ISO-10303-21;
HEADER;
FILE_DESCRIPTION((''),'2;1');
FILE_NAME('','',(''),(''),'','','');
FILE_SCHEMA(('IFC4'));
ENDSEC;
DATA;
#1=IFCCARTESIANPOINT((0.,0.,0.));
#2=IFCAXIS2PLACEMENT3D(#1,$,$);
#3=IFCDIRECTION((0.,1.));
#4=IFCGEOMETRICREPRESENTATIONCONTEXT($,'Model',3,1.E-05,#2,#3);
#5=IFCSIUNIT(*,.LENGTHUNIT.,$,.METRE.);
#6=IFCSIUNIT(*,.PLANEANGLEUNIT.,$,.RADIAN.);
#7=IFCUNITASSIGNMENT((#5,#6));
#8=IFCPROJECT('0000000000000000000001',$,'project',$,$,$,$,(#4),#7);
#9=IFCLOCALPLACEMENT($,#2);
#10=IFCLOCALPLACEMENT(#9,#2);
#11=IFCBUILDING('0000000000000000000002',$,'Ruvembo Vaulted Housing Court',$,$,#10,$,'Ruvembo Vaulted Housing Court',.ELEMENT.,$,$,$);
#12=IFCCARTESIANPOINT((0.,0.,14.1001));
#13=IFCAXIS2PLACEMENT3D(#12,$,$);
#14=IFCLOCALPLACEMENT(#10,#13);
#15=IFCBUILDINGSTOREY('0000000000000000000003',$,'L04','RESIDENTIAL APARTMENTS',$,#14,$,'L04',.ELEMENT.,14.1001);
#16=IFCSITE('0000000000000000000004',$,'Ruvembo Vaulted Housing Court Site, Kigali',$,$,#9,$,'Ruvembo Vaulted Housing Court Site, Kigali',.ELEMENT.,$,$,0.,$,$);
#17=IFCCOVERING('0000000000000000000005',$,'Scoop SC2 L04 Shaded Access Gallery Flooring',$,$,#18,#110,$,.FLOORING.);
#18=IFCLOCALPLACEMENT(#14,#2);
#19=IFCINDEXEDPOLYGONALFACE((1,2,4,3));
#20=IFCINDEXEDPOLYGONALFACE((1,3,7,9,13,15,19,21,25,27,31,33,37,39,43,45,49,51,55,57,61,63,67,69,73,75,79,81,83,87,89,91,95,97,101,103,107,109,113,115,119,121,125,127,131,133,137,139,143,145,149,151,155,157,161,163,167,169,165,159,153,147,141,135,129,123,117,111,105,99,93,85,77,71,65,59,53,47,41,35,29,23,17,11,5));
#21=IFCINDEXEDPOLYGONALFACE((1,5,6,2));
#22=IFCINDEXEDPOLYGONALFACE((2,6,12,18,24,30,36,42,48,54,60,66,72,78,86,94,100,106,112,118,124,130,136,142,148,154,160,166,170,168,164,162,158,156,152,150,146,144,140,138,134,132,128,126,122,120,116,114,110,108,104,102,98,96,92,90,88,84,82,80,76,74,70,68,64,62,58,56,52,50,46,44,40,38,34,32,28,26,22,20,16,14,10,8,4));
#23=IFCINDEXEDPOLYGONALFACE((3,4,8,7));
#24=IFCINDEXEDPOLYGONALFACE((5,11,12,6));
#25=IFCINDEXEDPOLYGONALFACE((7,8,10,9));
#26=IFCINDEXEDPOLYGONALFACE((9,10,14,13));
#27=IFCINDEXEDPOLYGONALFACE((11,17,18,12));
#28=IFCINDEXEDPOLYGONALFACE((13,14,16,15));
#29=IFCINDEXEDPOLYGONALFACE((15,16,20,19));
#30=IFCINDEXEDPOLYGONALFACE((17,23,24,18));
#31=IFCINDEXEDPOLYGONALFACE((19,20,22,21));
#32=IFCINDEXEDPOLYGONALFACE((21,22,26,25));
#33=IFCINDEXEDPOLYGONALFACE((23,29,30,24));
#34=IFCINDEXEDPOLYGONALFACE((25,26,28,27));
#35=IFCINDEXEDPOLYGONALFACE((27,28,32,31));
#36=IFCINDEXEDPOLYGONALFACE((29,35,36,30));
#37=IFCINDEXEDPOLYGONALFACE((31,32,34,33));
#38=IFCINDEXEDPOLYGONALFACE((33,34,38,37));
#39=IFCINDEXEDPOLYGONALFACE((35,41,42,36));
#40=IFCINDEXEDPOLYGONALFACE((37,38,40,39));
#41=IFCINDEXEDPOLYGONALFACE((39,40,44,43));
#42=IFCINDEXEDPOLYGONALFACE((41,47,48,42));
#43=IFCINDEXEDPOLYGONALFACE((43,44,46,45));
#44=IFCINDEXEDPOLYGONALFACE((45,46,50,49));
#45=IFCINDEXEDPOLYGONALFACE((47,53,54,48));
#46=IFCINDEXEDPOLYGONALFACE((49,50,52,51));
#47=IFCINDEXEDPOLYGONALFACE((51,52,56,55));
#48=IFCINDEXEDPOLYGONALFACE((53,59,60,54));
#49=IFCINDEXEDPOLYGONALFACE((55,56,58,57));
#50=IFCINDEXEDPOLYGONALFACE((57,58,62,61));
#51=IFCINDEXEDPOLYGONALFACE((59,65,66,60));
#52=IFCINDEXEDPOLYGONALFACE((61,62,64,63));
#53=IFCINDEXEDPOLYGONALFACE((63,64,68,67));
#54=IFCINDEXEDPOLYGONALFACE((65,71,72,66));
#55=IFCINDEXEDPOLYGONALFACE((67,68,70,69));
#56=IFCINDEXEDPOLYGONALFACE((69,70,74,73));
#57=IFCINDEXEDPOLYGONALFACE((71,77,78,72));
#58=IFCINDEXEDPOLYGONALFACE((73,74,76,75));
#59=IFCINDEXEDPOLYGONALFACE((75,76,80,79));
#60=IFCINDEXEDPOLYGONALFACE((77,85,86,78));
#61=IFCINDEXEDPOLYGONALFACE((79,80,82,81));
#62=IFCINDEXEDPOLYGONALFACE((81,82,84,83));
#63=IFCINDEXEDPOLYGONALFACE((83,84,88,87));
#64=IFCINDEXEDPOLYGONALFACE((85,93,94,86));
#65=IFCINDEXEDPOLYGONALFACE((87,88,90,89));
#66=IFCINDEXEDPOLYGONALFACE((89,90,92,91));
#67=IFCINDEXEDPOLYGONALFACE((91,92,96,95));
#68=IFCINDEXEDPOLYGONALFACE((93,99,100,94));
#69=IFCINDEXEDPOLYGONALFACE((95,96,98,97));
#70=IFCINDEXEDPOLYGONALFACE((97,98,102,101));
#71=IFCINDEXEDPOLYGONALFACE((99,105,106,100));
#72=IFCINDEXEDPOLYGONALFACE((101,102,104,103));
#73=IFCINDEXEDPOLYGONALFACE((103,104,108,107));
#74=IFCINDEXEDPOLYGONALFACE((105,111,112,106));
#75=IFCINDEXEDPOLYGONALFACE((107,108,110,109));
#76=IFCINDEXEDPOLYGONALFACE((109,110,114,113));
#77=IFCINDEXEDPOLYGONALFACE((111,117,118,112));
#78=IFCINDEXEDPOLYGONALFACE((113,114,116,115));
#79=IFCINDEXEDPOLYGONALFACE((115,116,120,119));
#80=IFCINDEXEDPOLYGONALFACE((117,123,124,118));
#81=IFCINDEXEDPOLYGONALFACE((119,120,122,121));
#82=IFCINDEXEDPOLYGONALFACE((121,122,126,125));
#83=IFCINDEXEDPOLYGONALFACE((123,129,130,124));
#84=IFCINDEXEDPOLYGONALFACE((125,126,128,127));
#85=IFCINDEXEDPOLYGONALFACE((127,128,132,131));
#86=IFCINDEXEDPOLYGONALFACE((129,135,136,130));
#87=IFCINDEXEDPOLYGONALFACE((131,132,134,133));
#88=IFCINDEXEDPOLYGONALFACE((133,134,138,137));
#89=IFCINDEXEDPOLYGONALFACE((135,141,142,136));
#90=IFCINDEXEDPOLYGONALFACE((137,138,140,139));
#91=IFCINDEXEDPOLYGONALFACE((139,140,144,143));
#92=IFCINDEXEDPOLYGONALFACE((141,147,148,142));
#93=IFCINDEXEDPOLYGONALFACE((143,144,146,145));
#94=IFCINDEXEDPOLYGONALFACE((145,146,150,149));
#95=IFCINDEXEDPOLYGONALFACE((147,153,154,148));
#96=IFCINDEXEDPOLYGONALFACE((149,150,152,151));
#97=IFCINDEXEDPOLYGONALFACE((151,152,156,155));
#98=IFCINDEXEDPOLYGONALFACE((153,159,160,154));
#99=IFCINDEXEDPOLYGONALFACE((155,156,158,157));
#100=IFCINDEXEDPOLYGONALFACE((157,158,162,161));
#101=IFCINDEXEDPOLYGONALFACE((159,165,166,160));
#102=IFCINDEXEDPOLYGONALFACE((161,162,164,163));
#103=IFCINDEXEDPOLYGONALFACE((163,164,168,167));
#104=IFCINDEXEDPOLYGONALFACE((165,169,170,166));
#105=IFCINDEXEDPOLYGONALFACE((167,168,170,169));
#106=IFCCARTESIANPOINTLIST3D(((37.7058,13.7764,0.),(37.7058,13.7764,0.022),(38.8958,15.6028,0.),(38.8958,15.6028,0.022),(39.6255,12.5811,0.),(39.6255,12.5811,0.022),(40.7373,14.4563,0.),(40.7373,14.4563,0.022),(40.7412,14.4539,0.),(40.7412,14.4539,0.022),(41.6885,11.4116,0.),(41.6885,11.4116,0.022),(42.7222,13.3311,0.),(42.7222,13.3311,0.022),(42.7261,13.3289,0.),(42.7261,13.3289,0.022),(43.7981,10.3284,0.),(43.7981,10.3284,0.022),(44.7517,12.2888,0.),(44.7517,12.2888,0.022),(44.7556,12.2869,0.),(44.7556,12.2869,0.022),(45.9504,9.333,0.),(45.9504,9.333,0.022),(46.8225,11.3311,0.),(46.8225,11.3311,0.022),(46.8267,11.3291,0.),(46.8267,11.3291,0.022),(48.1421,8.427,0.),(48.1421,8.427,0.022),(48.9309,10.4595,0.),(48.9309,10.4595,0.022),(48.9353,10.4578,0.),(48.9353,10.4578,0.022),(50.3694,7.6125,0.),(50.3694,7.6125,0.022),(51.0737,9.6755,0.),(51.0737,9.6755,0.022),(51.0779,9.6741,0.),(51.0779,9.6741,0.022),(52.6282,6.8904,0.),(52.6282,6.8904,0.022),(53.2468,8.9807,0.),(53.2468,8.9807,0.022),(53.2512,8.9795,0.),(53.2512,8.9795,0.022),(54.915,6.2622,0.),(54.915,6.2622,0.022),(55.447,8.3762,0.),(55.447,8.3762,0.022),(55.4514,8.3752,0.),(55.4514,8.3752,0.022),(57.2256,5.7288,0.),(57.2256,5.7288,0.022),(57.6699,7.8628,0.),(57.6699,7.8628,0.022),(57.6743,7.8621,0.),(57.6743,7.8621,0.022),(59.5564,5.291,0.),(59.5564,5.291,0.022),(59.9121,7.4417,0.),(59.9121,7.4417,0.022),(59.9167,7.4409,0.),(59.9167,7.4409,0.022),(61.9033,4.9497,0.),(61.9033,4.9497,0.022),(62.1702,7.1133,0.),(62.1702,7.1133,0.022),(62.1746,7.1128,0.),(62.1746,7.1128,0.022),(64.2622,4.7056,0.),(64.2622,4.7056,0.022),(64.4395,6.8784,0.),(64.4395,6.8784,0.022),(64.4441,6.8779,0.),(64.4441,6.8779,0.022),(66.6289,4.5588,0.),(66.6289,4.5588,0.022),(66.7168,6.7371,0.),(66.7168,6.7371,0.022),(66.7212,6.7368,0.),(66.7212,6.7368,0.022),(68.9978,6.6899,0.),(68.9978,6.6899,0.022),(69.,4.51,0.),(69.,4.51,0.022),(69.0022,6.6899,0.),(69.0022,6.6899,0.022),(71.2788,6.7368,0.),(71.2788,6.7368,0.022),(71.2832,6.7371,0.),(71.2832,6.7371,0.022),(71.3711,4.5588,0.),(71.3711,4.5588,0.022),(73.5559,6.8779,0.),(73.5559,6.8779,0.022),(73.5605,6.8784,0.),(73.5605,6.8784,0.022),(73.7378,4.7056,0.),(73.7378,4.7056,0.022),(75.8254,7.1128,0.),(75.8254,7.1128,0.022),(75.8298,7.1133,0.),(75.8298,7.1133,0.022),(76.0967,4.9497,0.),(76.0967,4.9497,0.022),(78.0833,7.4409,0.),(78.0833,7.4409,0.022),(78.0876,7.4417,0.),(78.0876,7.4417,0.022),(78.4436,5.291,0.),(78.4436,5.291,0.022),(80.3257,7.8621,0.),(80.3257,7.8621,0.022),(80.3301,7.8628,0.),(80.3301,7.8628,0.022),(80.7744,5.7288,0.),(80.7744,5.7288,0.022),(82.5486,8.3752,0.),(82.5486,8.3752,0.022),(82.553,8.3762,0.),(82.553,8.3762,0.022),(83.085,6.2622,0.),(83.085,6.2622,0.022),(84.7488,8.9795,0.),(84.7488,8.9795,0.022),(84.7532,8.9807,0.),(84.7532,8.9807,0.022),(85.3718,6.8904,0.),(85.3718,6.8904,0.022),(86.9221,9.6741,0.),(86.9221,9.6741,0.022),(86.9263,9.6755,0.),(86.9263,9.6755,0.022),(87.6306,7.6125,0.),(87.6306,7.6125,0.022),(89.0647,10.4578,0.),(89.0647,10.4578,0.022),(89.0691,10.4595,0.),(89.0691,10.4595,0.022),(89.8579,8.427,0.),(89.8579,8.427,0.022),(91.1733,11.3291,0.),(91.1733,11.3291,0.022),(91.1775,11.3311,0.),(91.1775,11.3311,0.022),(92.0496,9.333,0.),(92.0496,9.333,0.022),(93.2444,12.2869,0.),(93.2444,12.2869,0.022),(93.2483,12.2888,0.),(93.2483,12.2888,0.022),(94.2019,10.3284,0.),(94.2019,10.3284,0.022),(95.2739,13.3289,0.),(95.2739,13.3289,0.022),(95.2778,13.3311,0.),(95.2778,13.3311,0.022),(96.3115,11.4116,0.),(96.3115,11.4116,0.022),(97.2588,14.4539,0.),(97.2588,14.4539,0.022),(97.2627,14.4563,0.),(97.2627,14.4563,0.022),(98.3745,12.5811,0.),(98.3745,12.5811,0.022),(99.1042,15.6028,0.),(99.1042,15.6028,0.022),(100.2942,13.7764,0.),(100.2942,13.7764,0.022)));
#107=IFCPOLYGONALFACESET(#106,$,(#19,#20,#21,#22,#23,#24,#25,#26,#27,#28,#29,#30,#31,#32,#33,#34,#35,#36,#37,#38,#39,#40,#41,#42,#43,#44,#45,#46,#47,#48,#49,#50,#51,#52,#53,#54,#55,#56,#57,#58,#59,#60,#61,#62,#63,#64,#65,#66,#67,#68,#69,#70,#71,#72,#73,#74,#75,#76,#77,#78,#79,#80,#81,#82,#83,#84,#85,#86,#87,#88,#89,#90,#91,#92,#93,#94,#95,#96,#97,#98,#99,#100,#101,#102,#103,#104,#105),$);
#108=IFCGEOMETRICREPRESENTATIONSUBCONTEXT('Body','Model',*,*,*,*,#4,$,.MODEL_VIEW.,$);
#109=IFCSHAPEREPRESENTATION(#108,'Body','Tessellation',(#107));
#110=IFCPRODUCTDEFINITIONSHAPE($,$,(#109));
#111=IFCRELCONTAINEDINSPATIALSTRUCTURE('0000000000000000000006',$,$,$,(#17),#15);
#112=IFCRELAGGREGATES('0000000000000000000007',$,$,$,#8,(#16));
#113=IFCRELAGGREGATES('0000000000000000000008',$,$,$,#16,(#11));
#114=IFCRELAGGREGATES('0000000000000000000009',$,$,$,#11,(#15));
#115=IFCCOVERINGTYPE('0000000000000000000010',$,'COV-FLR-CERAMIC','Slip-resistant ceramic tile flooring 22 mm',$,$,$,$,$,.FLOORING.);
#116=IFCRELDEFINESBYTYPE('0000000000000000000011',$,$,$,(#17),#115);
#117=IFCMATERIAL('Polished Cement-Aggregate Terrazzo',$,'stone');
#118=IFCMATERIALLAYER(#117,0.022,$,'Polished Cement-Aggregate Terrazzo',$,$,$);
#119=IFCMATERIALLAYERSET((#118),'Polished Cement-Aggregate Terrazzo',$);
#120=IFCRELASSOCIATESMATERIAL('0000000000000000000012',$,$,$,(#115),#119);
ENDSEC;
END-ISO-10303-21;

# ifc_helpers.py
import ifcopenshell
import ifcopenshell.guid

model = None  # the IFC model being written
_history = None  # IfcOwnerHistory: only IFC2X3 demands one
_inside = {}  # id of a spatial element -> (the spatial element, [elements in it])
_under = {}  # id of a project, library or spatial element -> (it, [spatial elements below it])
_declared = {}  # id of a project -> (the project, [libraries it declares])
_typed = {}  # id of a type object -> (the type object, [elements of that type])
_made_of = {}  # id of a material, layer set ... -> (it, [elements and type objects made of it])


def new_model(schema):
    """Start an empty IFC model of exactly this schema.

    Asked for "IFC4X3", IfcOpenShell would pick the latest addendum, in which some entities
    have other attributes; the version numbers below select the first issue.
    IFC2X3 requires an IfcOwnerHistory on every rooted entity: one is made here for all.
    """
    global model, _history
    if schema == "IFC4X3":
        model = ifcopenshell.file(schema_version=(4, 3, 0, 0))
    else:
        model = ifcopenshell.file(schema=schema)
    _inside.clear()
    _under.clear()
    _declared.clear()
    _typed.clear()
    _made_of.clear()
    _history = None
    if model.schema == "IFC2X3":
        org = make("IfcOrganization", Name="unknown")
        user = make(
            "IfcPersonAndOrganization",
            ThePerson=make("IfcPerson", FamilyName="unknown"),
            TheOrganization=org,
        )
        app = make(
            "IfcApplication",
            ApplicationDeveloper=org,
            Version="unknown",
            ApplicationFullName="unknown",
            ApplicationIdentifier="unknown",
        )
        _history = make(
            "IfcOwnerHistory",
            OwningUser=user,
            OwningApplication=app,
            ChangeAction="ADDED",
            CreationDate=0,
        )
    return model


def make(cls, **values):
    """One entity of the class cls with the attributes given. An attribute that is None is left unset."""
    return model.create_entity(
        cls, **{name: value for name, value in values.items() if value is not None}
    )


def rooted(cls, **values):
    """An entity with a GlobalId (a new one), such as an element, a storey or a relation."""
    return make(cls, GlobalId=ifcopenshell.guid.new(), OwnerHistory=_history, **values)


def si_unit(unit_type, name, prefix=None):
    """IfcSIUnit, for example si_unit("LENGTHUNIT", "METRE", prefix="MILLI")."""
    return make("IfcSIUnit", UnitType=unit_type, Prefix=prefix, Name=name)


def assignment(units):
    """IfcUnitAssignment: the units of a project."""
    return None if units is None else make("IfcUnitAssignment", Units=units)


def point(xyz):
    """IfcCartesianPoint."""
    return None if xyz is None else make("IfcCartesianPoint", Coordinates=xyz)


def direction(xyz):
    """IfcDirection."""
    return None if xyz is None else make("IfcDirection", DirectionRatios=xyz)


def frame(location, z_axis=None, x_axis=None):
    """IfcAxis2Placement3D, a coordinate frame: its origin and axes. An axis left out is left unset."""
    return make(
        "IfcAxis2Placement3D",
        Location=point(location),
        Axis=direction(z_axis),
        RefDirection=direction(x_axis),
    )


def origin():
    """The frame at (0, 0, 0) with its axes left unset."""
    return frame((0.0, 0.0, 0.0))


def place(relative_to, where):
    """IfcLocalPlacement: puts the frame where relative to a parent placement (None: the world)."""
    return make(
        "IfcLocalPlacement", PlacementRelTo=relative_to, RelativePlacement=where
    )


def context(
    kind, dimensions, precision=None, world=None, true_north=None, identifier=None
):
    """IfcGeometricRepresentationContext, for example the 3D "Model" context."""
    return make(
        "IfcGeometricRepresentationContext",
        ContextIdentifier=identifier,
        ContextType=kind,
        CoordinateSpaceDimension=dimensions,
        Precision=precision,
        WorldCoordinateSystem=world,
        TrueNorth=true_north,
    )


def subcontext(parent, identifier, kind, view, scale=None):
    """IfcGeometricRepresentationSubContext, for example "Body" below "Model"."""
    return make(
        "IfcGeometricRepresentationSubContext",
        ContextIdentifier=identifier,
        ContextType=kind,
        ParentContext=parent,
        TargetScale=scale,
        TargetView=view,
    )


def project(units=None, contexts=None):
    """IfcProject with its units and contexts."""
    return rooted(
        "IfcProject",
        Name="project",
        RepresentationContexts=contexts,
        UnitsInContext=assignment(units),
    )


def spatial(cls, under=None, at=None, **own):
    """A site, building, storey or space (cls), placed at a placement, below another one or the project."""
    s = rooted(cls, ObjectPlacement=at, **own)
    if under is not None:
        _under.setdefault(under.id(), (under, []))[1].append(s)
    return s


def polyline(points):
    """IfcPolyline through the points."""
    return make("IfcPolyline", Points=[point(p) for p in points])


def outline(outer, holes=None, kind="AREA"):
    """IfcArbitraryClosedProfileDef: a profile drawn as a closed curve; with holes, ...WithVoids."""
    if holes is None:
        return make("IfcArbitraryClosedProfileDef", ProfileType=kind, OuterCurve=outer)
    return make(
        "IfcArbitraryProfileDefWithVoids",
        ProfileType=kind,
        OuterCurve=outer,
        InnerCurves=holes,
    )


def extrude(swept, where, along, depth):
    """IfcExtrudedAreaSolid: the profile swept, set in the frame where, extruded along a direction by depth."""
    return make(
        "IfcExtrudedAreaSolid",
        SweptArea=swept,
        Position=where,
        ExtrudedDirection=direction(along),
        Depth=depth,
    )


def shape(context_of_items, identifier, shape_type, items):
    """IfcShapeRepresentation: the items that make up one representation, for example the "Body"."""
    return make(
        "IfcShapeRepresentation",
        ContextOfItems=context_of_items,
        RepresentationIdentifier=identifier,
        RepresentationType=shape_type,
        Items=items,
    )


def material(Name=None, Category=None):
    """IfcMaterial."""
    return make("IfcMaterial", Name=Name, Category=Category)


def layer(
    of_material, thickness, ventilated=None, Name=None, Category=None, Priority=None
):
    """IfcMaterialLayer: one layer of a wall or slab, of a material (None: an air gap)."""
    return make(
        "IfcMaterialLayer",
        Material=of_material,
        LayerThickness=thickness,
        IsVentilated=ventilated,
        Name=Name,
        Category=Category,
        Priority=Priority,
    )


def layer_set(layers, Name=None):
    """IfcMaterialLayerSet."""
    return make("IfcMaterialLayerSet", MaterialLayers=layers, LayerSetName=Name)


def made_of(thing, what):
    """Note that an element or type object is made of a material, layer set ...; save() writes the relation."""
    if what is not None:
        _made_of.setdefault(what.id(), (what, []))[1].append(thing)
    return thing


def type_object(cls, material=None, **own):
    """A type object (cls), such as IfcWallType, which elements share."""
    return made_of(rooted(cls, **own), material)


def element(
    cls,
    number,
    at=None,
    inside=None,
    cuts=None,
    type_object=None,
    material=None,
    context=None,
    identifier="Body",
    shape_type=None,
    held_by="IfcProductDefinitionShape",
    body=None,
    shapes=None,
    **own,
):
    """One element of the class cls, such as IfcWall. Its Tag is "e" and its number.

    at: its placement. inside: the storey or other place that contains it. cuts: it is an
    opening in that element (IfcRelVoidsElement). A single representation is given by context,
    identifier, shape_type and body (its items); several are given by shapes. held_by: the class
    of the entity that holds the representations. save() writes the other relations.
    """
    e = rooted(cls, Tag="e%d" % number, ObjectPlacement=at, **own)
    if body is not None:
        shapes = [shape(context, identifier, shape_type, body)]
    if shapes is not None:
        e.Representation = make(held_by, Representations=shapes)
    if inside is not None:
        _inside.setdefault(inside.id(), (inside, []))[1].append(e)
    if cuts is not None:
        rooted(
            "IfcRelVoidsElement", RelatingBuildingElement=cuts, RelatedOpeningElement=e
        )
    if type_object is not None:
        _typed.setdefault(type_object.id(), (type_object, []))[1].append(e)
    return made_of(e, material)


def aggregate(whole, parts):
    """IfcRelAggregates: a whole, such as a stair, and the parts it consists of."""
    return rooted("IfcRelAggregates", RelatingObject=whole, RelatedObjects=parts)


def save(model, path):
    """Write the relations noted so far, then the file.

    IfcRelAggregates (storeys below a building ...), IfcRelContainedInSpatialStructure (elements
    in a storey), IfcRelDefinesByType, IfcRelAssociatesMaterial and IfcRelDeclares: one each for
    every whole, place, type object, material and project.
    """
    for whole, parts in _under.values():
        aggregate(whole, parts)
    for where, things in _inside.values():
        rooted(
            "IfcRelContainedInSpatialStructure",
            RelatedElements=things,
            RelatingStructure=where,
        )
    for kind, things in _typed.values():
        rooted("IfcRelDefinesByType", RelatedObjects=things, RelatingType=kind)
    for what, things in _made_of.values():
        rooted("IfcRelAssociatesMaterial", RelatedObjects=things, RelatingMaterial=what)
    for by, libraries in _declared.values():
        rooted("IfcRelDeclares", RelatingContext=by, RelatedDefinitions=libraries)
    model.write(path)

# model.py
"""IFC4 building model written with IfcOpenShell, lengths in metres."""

from ifc_helpers import new_model, si_unit, direction, frame, origin, place, context, subcontext, project, spatial, polyline, outline, extrude, material, layer, layer_set, type_object, element, save


model = new_model("IFC4")

# Units and contexts
model_context = context("Model", 3, precision=1e-05, world=origin(), true_north=direction((0.0, 1.0)))
body_context = subcontext(model_context, "Body", "Model", "MODEL_VIEW")
ifc_project = project(units=[si_unit("LENGTHUNIT", "METRE"), si_unit("PLANEANGLEUNIT", "RADIAN")], contexts=[model_context])

# Site, building, storey
site_placement = place(None, origin())
site = spatial("IfcSite", under=ifc_project, at=site_placement, Name="Ruvembo Vaulted Housing Court Site, Kigali", LongName="Ruvembo Vaulted Housing Court Site, Kigali", CompositionType="ELEMENT", RefElevation=0.0)
building_placement = place(site_placement, origin())
building = spatial("IfcBuilding", under=site, at=building_placement, Name="Ruvembo Vaulted Housing Court", LongName="Ruvembo Vaulted Housing Court", CompositionType="ELEMENT")
storey_placement = place(building_placement, frame((0.0, 0.0, 14.1001)))
storey = spatial("IfcBuildingStorey", under=building, at=storey_placement, Name="L04", Description="RESIDENTIAL APARTMENTS", LongName="L04", CompositionType="ELEMENT", Elevation=14.1001)

# Covering
ifc_material_1 = material(Name="Polished Cement-Aggregate Terrazzo", Category="stone")
ifc_layer_1 = layer(ifc_material_1, 0.022, Name="Polished Cement-Aggregate Terrazzo")
ifc_layer_set_1 = layer_set([ifc_layer_1], Name="Polished Cement-Aggregate Terrazzo")
covering_type_1 = type_object("IfcCoveringType", Name="COV-FLR-CERAMIC", Description="Slip-resistant ceramic tile flooring 22 mm", PredefinedType="FLOORING", material=ifc_layer_set_1)
covering_1_placement = place(storey_placement, origin())
element("IfcCovering", 1, at=covering_1_placement, inside=storey, type_object=covering_type_1, Name="Scoop SC2 L04 Shaded Access Gallery Flooring", PredefinedType="FLOORING", context=body_context, shape_type="SweptSolid", body=[
    extrude(outline(polyline([(37.7058, 13.7764), (39.6255, 12.5811), (41.6885, 11.4116), (43.7981, 10.3284), (45.9504, 9.333), (48.1421, 8.427), (50.3694, 7.6125), (52.6282, 6.8904), (54.915, 6.2622), (57.2256, 5.7288), (59.5564, 5.291), (61.9033, 4.9497), (64.2622, 4.7056), (66.6289, 4.5588), (69.0, 4.51), (71.3711, 4.5588), (73.7378, 4.7056), (76.0967, 4.9497), (78.4436, 5.291), (80.7744, 5.7288), (83.085, 6.2622), (85.3718, 6.8904), (87.6306, 7.6125), (89.8579, 8.427), (92.0496, 9.333), (94.2019, 10.3284), (96.3115, 11.4116), (98.3745, 12.5811), (100.2942, 13.7764), (99.1042, 15.6028), (97.2627, 14.4563), (97.2588, 14.4539), (95.2778, 13.3311), (95.2739, 13.3289), (93.2483, 12.2888), (93.2444, 12.2869), (91.1775, 11.3311), (91.1733, 11.3291), (89.0691, 10.4595), (89.0647, 10.4578), (86.9263, 9.6755), (86.9221, 9.6741), (84.7532, 8.9807), (84.7488, 8.9795), (82.553, 8.3762), (82.5486, 8.3752), (80.3301, 7.8628), (80.3257, 7.8621), (78.0876, 7.4417), (78.0833, 7.4409), (75.8298, 7.1133), (75.8254, 7.1128), (73.5605, 6.8784), (73.5559, 6.8779), (71.2832, 6.7371), (71.2788, 6.7368), (69.0022, 6.6899), (68.9978, 6.6899), (66.7212, 6.7368), (66.7168, 6.7371), (64.4441, 6.8779), (64.4395, 6.8784), (62.1746, 7.1128), (62.1702, 7.1133), (59.9167, 7.4409), (59.9121, 7.4417), (57.6743, 7.8621), (57.6699, 7.8628), (55.4514, 8.3752), (55.447, 8.3762), (53.2512, 8.9795), (53.2468, 8.9807), (51.0779, 9.6741), (51.0737, 9.6755), (48.9353, 10.4578), (48.9309, 10.4595), (46.8267, 11.3291), (46.8225, 11.3311), (44.7556, 12.2869), (44.7517, 12.2888), (42.7261, 13.3289), (42.7222, 13.3311), (40.7412, 14.4539), (40.7373, 14.4563), (38.8958, 15.6028), (37.7058, 13.7764)])), origin(), (0.0, 0.0, 1.0), 0.022),
])

save(model, "model.ifc")
